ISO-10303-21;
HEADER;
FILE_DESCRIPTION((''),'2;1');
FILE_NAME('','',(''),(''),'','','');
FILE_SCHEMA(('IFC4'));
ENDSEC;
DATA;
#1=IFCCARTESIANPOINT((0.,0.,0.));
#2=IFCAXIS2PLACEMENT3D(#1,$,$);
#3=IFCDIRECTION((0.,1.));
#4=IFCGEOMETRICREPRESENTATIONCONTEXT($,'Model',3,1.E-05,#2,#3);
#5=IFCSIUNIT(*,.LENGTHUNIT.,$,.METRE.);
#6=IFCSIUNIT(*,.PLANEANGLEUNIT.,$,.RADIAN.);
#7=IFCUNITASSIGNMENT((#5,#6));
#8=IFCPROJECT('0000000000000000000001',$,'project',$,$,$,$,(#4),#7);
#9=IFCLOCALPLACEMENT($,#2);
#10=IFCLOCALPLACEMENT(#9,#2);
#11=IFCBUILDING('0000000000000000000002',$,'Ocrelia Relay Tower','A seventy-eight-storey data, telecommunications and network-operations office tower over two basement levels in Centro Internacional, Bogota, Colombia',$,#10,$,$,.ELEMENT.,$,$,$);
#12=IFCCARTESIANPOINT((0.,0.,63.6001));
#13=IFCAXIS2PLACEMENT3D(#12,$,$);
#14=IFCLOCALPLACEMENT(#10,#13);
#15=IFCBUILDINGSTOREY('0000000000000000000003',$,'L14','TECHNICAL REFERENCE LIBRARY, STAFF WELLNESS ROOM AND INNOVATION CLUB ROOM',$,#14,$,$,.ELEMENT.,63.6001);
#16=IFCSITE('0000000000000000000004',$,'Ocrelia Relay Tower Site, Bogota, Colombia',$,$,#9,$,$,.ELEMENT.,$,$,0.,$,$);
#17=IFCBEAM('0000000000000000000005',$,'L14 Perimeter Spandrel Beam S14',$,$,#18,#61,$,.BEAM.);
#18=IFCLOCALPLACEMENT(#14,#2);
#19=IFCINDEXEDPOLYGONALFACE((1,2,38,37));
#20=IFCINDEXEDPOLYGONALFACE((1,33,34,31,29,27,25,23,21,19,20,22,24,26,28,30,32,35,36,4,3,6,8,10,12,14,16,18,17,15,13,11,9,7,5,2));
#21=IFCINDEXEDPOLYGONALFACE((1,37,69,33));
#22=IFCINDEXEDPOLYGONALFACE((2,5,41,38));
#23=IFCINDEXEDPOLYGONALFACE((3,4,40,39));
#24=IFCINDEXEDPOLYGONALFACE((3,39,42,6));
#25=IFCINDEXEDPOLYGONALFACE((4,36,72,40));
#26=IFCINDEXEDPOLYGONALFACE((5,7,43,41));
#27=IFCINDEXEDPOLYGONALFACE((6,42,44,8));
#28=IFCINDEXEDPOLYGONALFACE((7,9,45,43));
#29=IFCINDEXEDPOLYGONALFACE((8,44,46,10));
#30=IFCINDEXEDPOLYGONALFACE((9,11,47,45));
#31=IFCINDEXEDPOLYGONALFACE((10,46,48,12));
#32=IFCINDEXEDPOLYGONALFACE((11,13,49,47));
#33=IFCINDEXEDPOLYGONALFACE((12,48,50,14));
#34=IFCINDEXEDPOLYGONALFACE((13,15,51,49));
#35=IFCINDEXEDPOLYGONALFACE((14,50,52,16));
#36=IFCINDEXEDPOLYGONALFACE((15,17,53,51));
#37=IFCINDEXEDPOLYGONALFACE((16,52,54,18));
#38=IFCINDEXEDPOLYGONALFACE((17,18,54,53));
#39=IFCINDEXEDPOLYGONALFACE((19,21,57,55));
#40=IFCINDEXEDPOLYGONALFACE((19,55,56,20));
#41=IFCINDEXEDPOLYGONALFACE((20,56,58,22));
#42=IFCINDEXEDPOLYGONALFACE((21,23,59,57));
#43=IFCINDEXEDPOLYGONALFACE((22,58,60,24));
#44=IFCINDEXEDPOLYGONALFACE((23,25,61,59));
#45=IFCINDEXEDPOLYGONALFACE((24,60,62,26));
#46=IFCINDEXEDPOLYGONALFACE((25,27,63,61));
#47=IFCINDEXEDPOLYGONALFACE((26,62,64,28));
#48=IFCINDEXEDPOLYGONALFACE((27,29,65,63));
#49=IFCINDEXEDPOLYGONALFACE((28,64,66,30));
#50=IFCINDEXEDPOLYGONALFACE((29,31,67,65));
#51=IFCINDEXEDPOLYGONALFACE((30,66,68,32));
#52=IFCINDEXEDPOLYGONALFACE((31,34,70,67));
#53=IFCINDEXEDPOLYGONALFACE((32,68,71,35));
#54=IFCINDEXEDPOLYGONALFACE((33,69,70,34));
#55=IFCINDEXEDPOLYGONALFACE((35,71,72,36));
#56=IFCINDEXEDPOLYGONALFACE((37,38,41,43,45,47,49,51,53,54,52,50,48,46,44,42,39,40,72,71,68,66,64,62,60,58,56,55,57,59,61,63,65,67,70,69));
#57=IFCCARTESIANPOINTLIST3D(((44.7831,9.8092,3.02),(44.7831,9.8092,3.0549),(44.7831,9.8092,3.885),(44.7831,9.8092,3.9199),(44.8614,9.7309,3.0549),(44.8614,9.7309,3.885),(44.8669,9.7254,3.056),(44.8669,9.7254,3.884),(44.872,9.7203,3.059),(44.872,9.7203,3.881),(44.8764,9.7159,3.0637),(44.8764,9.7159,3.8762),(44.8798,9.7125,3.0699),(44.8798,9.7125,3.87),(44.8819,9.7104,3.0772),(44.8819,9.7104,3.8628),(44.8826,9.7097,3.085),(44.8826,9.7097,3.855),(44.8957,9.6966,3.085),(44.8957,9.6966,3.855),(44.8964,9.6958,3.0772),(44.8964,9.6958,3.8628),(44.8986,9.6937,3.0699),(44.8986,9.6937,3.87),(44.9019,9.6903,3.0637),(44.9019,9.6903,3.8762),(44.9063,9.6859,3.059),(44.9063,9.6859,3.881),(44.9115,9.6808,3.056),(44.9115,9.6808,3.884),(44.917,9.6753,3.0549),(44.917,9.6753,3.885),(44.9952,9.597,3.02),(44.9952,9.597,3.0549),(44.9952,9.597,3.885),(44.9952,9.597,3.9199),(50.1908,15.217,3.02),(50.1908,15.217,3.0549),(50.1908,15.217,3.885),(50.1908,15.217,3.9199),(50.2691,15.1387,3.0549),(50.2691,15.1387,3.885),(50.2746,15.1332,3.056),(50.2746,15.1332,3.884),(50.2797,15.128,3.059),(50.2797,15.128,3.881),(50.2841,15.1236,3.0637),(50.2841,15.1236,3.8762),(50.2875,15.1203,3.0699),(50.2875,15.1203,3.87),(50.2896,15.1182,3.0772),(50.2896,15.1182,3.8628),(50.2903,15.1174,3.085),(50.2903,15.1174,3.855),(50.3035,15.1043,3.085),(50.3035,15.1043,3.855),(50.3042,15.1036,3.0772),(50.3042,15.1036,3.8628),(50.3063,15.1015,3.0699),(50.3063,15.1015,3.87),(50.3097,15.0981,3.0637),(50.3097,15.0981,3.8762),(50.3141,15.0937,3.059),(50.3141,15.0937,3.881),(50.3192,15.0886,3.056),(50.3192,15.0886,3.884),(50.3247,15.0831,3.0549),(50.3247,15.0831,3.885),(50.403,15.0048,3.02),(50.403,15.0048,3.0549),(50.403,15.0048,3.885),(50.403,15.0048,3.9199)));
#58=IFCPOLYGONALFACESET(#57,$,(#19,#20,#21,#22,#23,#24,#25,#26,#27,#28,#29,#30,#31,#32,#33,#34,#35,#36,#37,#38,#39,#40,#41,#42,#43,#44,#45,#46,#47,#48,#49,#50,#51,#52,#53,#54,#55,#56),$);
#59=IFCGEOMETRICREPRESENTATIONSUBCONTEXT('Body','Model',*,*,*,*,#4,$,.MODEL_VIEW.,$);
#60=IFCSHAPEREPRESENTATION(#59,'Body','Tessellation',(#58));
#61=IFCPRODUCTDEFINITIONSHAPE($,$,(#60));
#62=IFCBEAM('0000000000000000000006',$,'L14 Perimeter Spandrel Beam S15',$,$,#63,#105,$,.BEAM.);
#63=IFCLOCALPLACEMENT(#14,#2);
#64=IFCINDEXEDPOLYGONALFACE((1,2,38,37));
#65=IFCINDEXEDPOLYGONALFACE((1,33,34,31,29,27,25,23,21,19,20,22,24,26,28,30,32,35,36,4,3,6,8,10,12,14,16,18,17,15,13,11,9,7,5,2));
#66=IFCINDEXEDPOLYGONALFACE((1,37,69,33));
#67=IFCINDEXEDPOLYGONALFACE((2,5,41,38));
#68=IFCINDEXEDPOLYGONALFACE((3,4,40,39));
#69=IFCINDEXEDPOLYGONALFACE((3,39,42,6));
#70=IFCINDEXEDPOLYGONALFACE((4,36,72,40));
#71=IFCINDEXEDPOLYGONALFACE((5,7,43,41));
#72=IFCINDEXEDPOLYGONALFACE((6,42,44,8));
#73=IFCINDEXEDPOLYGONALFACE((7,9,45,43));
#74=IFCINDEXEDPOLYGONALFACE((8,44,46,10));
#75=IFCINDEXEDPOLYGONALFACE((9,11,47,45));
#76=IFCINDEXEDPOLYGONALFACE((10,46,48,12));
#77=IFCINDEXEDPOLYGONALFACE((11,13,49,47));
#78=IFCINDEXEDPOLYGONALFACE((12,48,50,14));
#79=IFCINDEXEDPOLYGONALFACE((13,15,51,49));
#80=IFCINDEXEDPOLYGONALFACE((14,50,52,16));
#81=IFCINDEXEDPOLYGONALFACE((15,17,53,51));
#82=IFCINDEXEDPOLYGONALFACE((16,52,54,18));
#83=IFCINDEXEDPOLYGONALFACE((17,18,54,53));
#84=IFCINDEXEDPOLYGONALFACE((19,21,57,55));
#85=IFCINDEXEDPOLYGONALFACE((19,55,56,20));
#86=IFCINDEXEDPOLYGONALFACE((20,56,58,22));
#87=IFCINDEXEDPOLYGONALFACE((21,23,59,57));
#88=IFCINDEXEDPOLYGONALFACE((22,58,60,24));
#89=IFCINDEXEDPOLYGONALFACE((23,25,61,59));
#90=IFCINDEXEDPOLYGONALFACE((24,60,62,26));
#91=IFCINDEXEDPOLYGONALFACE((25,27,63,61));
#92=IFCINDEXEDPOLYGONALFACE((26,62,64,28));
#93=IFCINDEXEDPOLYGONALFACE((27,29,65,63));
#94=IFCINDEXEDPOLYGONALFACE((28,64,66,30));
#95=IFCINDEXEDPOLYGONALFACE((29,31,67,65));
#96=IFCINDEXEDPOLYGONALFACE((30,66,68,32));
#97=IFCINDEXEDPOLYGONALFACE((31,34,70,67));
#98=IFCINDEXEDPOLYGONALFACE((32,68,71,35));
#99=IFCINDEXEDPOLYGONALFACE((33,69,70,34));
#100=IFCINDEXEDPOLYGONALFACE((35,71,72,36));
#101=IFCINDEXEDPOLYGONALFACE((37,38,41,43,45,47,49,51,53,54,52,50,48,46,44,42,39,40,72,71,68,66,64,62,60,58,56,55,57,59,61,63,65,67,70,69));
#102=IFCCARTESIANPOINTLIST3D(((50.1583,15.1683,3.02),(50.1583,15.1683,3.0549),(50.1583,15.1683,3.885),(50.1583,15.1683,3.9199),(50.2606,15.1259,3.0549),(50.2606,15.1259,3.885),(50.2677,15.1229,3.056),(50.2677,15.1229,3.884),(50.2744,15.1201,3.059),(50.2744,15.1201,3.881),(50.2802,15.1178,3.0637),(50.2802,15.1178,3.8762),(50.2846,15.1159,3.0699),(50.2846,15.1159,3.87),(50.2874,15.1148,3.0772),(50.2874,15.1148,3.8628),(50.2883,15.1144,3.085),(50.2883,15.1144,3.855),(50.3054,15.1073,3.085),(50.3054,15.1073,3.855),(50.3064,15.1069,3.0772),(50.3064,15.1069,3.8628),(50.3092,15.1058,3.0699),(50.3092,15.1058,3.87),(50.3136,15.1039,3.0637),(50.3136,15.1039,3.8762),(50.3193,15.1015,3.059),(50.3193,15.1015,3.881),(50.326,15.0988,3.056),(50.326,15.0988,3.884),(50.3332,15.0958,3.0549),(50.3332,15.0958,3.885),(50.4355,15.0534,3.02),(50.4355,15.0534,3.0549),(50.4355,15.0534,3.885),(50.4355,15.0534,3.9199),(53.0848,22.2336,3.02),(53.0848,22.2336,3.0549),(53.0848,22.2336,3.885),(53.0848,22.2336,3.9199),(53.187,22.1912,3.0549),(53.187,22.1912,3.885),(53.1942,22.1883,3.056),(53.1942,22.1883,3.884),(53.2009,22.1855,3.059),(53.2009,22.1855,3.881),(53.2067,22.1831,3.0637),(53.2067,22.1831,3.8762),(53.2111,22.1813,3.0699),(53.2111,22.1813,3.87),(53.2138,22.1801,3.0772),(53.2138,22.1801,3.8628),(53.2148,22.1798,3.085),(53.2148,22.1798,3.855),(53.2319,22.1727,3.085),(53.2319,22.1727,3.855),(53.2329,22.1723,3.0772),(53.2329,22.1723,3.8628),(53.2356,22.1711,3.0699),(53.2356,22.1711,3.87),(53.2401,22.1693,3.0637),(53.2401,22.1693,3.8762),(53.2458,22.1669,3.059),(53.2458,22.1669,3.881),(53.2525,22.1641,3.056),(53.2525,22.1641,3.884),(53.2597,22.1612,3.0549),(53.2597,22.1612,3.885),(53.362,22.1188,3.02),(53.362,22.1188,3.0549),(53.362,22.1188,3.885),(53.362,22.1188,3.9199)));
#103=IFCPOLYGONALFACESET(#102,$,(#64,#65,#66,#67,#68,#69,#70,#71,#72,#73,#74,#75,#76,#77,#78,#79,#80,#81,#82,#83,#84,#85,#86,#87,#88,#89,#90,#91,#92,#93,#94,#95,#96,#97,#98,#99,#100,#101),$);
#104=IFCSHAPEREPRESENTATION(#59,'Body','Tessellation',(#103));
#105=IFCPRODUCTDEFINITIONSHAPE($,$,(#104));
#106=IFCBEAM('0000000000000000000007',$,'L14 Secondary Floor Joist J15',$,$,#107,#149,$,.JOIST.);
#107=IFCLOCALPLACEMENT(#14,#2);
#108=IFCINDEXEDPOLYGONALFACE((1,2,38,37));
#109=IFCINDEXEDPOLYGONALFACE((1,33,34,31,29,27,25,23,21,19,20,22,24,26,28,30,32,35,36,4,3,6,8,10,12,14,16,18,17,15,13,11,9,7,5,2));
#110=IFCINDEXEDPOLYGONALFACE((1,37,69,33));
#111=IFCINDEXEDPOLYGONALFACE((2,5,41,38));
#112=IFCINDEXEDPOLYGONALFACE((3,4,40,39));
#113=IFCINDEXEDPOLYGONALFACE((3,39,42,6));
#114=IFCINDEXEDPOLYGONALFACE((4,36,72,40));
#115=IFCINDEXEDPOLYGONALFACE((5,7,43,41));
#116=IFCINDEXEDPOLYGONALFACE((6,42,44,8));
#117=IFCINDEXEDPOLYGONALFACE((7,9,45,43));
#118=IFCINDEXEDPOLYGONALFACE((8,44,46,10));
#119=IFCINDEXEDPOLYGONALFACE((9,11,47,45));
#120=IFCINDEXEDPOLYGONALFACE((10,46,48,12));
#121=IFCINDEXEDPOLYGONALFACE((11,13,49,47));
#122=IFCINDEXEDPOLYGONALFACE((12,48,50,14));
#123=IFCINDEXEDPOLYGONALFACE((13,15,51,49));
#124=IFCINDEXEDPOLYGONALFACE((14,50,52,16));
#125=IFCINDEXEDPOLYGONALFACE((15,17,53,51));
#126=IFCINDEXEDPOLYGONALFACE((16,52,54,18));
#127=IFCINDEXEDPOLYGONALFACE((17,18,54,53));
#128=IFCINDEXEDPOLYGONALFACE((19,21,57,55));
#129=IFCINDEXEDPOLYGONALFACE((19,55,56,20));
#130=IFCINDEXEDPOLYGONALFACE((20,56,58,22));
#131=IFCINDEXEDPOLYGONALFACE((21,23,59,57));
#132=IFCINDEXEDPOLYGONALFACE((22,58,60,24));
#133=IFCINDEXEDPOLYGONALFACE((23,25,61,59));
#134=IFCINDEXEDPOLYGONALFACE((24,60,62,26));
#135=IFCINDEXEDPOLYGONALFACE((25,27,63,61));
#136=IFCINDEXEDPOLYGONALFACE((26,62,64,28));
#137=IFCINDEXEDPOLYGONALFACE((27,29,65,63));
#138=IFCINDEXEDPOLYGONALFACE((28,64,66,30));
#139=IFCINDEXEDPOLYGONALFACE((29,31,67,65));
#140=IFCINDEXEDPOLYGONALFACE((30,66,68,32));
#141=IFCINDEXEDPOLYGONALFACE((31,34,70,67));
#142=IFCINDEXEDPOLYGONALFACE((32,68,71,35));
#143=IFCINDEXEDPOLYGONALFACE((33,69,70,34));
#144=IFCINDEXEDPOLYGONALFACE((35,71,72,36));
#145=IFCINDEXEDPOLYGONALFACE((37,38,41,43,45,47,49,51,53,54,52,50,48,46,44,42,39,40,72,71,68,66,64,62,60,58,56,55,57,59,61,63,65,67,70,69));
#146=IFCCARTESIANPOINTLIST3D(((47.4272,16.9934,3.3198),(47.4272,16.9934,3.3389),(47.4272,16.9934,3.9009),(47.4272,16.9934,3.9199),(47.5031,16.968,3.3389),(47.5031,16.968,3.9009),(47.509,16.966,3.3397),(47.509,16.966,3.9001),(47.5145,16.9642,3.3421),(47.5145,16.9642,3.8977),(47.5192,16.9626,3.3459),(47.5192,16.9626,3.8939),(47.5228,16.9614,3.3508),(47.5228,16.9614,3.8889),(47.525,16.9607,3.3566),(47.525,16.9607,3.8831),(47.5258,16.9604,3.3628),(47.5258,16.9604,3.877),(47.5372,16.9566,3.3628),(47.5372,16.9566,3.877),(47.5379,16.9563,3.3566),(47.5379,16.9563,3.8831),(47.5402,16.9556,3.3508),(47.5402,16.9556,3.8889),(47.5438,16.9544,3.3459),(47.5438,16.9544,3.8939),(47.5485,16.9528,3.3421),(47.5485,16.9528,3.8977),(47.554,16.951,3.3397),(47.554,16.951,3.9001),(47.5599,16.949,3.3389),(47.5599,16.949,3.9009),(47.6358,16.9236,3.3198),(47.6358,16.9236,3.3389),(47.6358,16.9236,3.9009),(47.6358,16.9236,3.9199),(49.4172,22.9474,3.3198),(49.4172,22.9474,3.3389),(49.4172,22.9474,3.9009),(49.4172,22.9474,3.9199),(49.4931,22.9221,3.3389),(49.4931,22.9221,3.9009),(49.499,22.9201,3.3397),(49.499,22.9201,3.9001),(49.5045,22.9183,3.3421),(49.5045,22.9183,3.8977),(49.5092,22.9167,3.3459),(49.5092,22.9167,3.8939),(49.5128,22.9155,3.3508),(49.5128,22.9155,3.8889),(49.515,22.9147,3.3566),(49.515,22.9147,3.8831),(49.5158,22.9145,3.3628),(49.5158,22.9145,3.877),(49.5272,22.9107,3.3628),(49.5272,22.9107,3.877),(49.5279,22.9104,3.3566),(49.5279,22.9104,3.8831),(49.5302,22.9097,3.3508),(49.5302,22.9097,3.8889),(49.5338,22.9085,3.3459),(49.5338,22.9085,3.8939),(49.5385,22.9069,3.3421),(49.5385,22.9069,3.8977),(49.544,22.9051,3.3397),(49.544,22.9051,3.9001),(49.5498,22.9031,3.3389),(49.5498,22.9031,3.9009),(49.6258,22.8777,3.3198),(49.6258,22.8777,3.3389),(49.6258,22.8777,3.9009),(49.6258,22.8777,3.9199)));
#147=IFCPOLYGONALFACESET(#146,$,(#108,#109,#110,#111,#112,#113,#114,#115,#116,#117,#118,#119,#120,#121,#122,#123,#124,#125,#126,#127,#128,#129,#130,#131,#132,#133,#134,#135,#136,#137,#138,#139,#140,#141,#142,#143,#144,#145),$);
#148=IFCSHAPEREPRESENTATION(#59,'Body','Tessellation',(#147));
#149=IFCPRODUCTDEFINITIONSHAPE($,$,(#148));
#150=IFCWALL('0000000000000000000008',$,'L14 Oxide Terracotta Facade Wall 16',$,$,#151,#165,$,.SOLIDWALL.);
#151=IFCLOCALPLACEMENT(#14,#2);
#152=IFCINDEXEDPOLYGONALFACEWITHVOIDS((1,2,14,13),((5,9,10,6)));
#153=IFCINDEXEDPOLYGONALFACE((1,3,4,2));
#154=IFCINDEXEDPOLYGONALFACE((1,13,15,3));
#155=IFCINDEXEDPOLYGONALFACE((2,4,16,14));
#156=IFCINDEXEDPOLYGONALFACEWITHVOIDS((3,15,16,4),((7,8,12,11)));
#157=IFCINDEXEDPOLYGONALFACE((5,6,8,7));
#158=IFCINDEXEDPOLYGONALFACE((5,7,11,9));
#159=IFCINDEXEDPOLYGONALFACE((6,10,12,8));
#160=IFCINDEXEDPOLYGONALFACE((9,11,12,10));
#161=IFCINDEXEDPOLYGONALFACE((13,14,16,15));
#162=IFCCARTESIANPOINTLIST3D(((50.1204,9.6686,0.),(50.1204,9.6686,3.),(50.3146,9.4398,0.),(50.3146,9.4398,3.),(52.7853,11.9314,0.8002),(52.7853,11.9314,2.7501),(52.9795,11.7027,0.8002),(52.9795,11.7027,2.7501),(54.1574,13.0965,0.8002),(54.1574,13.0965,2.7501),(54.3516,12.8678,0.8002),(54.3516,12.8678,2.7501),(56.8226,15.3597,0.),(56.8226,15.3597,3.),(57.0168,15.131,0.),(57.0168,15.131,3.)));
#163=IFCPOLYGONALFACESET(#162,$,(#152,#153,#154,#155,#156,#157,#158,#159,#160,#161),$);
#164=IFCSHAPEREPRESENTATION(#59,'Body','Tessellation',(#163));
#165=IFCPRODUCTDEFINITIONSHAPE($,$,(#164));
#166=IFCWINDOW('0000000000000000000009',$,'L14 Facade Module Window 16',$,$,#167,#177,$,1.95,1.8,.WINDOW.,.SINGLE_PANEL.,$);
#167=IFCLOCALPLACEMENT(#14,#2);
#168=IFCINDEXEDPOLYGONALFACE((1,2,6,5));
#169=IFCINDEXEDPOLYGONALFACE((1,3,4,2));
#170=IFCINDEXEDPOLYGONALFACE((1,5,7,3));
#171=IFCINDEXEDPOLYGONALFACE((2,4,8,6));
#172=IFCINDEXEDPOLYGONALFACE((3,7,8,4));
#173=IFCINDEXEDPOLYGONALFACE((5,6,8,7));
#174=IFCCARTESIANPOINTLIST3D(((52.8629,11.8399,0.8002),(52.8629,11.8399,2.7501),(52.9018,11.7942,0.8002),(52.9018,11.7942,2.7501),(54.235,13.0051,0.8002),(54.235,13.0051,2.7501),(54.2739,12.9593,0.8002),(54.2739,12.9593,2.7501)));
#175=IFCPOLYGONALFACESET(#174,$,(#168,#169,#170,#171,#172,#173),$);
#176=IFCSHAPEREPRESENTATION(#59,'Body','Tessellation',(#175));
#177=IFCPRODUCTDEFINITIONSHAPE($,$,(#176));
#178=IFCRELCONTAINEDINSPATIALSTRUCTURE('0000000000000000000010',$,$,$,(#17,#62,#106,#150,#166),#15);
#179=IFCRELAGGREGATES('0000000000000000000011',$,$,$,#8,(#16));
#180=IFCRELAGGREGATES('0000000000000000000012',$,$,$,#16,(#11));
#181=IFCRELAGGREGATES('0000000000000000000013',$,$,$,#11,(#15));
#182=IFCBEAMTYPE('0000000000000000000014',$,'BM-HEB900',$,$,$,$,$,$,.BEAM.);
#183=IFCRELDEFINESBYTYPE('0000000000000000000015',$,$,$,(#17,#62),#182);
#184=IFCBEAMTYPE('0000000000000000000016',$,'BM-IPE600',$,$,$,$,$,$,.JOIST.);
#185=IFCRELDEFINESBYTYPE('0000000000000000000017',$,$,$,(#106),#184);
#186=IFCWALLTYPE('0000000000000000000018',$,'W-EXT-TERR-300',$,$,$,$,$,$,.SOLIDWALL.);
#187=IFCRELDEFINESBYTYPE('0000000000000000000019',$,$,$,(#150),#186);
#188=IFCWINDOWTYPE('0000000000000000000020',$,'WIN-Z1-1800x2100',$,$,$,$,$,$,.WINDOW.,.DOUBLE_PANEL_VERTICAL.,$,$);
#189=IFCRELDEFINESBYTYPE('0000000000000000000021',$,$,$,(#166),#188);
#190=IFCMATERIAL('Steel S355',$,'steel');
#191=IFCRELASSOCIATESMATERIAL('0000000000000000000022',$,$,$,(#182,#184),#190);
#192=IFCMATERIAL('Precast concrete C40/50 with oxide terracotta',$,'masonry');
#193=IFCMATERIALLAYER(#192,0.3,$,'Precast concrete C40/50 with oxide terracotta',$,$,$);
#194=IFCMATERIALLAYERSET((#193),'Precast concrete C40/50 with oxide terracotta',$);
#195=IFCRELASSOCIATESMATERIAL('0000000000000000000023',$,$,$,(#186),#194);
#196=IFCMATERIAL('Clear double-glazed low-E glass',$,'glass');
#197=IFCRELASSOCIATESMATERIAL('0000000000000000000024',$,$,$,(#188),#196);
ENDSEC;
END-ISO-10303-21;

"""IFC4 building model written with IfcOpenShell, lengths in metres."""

from ifc_helpers import new_model, si_unit, direction, frame, frame_2d, origin, origin_2d, place, context, subcontext, project, spatial, rectangle, i_section, extrude, material, layer, layer_set, material_profile, profile_set, type_object, element, fill, save


model = new_model("IFC4")

# Units and contexts
model_context = context("Model", 3, precision=1e-05, world=origin(), true_north=direction((0.0, 1.0)))
body_context = subcontext(model_context, "Body", "Model", "MODEL_VIEW")
ifc_project = project(units=[si_unit("LENGTHUNIT", "METRE"), si_unit("PLANEANGLEUNIT", "RADIAN")], contexts=[model_context])

# Site, building, storey
site_placement = place(None, origin())
site = spatial("IfcSite", under=ifc_project, at=site_placement, Name="Ocrelia Relay Tower Site, Bogota, Colombia", CompositionType="ELEMENT", RefElevation=0.0)
building_placement = place(site_placement, origin())
building = spatial("IfcBuilding", under=site, at=building_placement, Name="Ocrelia Relay Tower", Description="A seventy-eight-storey data, telecommunications and network-operations office tower over two basement levels in Centro Internacional, Bogota, Colombia", CompositionType="ELEMENT")
storey_placement = place(building_placement, frame((0.0, 0.0, 63.6001)))
storey = spatial("IfcBuildingStorey", under=building, at=storey_placement, Name="L14", Description="TECHNICAL REFERENCE LIBRARY, STAFF WELLNESS ROOM AND INNOVATION CLUB ROOM", CompositionType="ELEMENT", Elevation=63.6001)

# Beams
ifc_material_1 = material(Name="Steel S355", Category="steel")
ifc_material_profile_1 = material_profile(ifc_material_1, i_section(OverallWidth=0.3, OverallDepth=0.8999, WebThickness=0.0186, FlangeThickness=0.0349, FilletRadius=0.03, at=origin_2d()), Name="HEB 900")
ifc_profile_set_1 = profile_set([ifc_material_profile_1], Name="Steel S355")
beam_type_1 = type_object("IfcBeamType", Name="BM-HEB900", PredefinedType="BEAM", material=ifc_profile_set_1)
beam_1_placement = place(storey_placement, frame((44.8892, 9.7031, 3.47), z_axis=(0.707107, 0.707107, 0.0), x_axis=(-0.707107, 0.707107, 0.0)))
element("IfcBeam", 1, at=beam_1_placement, inside=storey, type_object=beam_type_1, Name="L14 Perimeter Spandrel Beam S14", PredefinedType="BEAM", context=body_context, shape_type="SweptSolid", body=[
    extrude(i_section(OverallWidth=0.3, OverallDepth=0.8999, WebThickness=0.0186, FlangeThickness=0.0349, FilletRadius=0.03, at=origin_2d()), origin(), (0.0, 0.0, 1.0), 7.6477),
])
beam_2_placement = place(storey_placement, frame((50.2969, 15.1108, 3.47), z_axis=(0.382674, 0.923883, 0.0), x_axis=(-0.923883, 0.382674, 0.0)))
element("IfcBeam", 2, at=beam_2_placement, inside=storey, type_object=beam_type_1, Name="L14 Perimeter Spandrel Beam S15", PredefinedType="BEAM", context=body_context, shape_type="SweptSolid", body=[
    extrude(i_section(OverallWidth=0.3, OverallDepth=0.8999, WebThickness=0.0186, FlangeThickness=0.0349, FilletRadius=0.03, at=origin_2d()), origin(), (0.0, 0.0, 1.0), 7.6475),
])
ifc_material_profile_2 = material_profile(ifc_material_1, i_section(OverallWidth=0.22, OverallDepth=0.6001, WebThickness=0.012, FlangeThickness=0.019, FilletRadius=0.0239, at=origin_2d()), Name="IPE 600")
ifc_profile_set_2 = profile_set([ifc_material_profile_2], Name="Steel S355")
beam_type_2 = type_object("IfcBeamType", Name="BM-IPE600", PredefinedType="JOIST", material=ifc_profile_set_2)
beam_3_placement = place(storey_placement, frame((47.5315, 16.9585, 3.6199), z_axis=(0.316986, 0.94843, 0.0), x_axis=(-0.94843, 0.316986, 0.0)))
element("IfcBeam", 3, at=beam_3_placement, inside=storey, type_object=beam_type_2, Name="L14 Secondary Floor Joist J15", PredefinedType="JOIST", context=body_context, shape_type="SweptSolid", body=[
    extrude(i_section(OverallWidth=0.22, OverallDepth=0.6001, WebThickness=0.012, FlangeThickness=0.019, FilletRadius=0.0239, at=origin_2d()), origin(), (0.0, 0.0, 1.0), 6.2778),
])

# Wall, opening, window
ifc_material_2 = material(Name="Precast concrete C40/50 with oxide terracotta", Category="masonry")
ifc_layer_1 = layer(ifc_material_2, 0.3, Name="Precast concrete C40/50 with oxide terracotta")
ifc_layer_set_1 = layer_set([ifc_layer_1], Name="Precast concrete C40/50 with oxide terracotta")
wall_type_1 = type_object("IfcWallType", Name="W-EXT-TERR-300", PredefinedType="SOLIDWALL", material=ifc_layer_set_1)
wall_1_placement = place(storey_placement, frame((50.2175, 9.5542, 0.0), z_axis=(0.0, 0.0, 1.0), x_axis=(0.762257, 0.647274, 0.0)))
wall_1 = element("IfcWall", 4, at=wall_1_placement, inside=storey, type_object=wall_type_1, Name="L14 Oxide Terracotta Facade Wall 16", PredefinedType="SOLIDWALL", context=body_context, shape_type="SweptSolid", body=[
    extrude(rectangle(XDim=8.7925, YDim=0.3, at=frame_2d((4.3962, 0.0))), origin(), (0.0, 0.0, 1.0), 3.0),
])
opening_1_placement = place(wall_1_placement, frame((3.4961, 0.0, 0.8)))
opening_1 = element("IfcOpeningElement", 5, at=opening_1_placement, cuts=wall_1, PredefinedType="OPENING", context=body_context, shape_type="SweptSolid", body=[
    extrude(rectangle(XDim=1.8, YDim=1.95, at=frame_2d((0.8999, 0.9751))), frame((0.0, 0.1602, 0.0), z_axis=(0.0, -1.0, 0.0), x_axis=(1.0, 0.0, 0.0)), (0.0, 0.0, 1.0), 0.3201),
])
ifc_material_3 = material(Name="Clear double-glazed low-E glass", Category="glass")
window_type = type_object("IfcWindowType", Name="WIN-Z1-1800x2100", PartitioningType="DOUBLE_PANEL_VERTICAL", PredefinedType="WINDOW", material=ifc_material_3)
window_1_placement = place(opening_1_placement, origin())
window_1 = element("IfcWindow", 6, at=window_1_placement, inside=storey, type_object=window_type, Name="L14 Facade Module Window 16", OverallHeight=1.95, OverallWidth=1.8, PartitioningType="SINGLE_PANEL", PredefinedType="WINDOW", context=body_context, shape_type="SweptSolid", body=[
    extrude(rectangle(XDim=1.8, YDim=1.95, at=frame_2d((0.8999, 0.9751))), frame((0.0, 0.03, 0.0), z_axis=(0.0, -1.0, 0.0), x_axis=(1.0, 0.0, 0.0)), (0.0, 0.0, 1.0), 0.0601),
])
fill(opening_1, window_1)

save(model, "model.ifc")
